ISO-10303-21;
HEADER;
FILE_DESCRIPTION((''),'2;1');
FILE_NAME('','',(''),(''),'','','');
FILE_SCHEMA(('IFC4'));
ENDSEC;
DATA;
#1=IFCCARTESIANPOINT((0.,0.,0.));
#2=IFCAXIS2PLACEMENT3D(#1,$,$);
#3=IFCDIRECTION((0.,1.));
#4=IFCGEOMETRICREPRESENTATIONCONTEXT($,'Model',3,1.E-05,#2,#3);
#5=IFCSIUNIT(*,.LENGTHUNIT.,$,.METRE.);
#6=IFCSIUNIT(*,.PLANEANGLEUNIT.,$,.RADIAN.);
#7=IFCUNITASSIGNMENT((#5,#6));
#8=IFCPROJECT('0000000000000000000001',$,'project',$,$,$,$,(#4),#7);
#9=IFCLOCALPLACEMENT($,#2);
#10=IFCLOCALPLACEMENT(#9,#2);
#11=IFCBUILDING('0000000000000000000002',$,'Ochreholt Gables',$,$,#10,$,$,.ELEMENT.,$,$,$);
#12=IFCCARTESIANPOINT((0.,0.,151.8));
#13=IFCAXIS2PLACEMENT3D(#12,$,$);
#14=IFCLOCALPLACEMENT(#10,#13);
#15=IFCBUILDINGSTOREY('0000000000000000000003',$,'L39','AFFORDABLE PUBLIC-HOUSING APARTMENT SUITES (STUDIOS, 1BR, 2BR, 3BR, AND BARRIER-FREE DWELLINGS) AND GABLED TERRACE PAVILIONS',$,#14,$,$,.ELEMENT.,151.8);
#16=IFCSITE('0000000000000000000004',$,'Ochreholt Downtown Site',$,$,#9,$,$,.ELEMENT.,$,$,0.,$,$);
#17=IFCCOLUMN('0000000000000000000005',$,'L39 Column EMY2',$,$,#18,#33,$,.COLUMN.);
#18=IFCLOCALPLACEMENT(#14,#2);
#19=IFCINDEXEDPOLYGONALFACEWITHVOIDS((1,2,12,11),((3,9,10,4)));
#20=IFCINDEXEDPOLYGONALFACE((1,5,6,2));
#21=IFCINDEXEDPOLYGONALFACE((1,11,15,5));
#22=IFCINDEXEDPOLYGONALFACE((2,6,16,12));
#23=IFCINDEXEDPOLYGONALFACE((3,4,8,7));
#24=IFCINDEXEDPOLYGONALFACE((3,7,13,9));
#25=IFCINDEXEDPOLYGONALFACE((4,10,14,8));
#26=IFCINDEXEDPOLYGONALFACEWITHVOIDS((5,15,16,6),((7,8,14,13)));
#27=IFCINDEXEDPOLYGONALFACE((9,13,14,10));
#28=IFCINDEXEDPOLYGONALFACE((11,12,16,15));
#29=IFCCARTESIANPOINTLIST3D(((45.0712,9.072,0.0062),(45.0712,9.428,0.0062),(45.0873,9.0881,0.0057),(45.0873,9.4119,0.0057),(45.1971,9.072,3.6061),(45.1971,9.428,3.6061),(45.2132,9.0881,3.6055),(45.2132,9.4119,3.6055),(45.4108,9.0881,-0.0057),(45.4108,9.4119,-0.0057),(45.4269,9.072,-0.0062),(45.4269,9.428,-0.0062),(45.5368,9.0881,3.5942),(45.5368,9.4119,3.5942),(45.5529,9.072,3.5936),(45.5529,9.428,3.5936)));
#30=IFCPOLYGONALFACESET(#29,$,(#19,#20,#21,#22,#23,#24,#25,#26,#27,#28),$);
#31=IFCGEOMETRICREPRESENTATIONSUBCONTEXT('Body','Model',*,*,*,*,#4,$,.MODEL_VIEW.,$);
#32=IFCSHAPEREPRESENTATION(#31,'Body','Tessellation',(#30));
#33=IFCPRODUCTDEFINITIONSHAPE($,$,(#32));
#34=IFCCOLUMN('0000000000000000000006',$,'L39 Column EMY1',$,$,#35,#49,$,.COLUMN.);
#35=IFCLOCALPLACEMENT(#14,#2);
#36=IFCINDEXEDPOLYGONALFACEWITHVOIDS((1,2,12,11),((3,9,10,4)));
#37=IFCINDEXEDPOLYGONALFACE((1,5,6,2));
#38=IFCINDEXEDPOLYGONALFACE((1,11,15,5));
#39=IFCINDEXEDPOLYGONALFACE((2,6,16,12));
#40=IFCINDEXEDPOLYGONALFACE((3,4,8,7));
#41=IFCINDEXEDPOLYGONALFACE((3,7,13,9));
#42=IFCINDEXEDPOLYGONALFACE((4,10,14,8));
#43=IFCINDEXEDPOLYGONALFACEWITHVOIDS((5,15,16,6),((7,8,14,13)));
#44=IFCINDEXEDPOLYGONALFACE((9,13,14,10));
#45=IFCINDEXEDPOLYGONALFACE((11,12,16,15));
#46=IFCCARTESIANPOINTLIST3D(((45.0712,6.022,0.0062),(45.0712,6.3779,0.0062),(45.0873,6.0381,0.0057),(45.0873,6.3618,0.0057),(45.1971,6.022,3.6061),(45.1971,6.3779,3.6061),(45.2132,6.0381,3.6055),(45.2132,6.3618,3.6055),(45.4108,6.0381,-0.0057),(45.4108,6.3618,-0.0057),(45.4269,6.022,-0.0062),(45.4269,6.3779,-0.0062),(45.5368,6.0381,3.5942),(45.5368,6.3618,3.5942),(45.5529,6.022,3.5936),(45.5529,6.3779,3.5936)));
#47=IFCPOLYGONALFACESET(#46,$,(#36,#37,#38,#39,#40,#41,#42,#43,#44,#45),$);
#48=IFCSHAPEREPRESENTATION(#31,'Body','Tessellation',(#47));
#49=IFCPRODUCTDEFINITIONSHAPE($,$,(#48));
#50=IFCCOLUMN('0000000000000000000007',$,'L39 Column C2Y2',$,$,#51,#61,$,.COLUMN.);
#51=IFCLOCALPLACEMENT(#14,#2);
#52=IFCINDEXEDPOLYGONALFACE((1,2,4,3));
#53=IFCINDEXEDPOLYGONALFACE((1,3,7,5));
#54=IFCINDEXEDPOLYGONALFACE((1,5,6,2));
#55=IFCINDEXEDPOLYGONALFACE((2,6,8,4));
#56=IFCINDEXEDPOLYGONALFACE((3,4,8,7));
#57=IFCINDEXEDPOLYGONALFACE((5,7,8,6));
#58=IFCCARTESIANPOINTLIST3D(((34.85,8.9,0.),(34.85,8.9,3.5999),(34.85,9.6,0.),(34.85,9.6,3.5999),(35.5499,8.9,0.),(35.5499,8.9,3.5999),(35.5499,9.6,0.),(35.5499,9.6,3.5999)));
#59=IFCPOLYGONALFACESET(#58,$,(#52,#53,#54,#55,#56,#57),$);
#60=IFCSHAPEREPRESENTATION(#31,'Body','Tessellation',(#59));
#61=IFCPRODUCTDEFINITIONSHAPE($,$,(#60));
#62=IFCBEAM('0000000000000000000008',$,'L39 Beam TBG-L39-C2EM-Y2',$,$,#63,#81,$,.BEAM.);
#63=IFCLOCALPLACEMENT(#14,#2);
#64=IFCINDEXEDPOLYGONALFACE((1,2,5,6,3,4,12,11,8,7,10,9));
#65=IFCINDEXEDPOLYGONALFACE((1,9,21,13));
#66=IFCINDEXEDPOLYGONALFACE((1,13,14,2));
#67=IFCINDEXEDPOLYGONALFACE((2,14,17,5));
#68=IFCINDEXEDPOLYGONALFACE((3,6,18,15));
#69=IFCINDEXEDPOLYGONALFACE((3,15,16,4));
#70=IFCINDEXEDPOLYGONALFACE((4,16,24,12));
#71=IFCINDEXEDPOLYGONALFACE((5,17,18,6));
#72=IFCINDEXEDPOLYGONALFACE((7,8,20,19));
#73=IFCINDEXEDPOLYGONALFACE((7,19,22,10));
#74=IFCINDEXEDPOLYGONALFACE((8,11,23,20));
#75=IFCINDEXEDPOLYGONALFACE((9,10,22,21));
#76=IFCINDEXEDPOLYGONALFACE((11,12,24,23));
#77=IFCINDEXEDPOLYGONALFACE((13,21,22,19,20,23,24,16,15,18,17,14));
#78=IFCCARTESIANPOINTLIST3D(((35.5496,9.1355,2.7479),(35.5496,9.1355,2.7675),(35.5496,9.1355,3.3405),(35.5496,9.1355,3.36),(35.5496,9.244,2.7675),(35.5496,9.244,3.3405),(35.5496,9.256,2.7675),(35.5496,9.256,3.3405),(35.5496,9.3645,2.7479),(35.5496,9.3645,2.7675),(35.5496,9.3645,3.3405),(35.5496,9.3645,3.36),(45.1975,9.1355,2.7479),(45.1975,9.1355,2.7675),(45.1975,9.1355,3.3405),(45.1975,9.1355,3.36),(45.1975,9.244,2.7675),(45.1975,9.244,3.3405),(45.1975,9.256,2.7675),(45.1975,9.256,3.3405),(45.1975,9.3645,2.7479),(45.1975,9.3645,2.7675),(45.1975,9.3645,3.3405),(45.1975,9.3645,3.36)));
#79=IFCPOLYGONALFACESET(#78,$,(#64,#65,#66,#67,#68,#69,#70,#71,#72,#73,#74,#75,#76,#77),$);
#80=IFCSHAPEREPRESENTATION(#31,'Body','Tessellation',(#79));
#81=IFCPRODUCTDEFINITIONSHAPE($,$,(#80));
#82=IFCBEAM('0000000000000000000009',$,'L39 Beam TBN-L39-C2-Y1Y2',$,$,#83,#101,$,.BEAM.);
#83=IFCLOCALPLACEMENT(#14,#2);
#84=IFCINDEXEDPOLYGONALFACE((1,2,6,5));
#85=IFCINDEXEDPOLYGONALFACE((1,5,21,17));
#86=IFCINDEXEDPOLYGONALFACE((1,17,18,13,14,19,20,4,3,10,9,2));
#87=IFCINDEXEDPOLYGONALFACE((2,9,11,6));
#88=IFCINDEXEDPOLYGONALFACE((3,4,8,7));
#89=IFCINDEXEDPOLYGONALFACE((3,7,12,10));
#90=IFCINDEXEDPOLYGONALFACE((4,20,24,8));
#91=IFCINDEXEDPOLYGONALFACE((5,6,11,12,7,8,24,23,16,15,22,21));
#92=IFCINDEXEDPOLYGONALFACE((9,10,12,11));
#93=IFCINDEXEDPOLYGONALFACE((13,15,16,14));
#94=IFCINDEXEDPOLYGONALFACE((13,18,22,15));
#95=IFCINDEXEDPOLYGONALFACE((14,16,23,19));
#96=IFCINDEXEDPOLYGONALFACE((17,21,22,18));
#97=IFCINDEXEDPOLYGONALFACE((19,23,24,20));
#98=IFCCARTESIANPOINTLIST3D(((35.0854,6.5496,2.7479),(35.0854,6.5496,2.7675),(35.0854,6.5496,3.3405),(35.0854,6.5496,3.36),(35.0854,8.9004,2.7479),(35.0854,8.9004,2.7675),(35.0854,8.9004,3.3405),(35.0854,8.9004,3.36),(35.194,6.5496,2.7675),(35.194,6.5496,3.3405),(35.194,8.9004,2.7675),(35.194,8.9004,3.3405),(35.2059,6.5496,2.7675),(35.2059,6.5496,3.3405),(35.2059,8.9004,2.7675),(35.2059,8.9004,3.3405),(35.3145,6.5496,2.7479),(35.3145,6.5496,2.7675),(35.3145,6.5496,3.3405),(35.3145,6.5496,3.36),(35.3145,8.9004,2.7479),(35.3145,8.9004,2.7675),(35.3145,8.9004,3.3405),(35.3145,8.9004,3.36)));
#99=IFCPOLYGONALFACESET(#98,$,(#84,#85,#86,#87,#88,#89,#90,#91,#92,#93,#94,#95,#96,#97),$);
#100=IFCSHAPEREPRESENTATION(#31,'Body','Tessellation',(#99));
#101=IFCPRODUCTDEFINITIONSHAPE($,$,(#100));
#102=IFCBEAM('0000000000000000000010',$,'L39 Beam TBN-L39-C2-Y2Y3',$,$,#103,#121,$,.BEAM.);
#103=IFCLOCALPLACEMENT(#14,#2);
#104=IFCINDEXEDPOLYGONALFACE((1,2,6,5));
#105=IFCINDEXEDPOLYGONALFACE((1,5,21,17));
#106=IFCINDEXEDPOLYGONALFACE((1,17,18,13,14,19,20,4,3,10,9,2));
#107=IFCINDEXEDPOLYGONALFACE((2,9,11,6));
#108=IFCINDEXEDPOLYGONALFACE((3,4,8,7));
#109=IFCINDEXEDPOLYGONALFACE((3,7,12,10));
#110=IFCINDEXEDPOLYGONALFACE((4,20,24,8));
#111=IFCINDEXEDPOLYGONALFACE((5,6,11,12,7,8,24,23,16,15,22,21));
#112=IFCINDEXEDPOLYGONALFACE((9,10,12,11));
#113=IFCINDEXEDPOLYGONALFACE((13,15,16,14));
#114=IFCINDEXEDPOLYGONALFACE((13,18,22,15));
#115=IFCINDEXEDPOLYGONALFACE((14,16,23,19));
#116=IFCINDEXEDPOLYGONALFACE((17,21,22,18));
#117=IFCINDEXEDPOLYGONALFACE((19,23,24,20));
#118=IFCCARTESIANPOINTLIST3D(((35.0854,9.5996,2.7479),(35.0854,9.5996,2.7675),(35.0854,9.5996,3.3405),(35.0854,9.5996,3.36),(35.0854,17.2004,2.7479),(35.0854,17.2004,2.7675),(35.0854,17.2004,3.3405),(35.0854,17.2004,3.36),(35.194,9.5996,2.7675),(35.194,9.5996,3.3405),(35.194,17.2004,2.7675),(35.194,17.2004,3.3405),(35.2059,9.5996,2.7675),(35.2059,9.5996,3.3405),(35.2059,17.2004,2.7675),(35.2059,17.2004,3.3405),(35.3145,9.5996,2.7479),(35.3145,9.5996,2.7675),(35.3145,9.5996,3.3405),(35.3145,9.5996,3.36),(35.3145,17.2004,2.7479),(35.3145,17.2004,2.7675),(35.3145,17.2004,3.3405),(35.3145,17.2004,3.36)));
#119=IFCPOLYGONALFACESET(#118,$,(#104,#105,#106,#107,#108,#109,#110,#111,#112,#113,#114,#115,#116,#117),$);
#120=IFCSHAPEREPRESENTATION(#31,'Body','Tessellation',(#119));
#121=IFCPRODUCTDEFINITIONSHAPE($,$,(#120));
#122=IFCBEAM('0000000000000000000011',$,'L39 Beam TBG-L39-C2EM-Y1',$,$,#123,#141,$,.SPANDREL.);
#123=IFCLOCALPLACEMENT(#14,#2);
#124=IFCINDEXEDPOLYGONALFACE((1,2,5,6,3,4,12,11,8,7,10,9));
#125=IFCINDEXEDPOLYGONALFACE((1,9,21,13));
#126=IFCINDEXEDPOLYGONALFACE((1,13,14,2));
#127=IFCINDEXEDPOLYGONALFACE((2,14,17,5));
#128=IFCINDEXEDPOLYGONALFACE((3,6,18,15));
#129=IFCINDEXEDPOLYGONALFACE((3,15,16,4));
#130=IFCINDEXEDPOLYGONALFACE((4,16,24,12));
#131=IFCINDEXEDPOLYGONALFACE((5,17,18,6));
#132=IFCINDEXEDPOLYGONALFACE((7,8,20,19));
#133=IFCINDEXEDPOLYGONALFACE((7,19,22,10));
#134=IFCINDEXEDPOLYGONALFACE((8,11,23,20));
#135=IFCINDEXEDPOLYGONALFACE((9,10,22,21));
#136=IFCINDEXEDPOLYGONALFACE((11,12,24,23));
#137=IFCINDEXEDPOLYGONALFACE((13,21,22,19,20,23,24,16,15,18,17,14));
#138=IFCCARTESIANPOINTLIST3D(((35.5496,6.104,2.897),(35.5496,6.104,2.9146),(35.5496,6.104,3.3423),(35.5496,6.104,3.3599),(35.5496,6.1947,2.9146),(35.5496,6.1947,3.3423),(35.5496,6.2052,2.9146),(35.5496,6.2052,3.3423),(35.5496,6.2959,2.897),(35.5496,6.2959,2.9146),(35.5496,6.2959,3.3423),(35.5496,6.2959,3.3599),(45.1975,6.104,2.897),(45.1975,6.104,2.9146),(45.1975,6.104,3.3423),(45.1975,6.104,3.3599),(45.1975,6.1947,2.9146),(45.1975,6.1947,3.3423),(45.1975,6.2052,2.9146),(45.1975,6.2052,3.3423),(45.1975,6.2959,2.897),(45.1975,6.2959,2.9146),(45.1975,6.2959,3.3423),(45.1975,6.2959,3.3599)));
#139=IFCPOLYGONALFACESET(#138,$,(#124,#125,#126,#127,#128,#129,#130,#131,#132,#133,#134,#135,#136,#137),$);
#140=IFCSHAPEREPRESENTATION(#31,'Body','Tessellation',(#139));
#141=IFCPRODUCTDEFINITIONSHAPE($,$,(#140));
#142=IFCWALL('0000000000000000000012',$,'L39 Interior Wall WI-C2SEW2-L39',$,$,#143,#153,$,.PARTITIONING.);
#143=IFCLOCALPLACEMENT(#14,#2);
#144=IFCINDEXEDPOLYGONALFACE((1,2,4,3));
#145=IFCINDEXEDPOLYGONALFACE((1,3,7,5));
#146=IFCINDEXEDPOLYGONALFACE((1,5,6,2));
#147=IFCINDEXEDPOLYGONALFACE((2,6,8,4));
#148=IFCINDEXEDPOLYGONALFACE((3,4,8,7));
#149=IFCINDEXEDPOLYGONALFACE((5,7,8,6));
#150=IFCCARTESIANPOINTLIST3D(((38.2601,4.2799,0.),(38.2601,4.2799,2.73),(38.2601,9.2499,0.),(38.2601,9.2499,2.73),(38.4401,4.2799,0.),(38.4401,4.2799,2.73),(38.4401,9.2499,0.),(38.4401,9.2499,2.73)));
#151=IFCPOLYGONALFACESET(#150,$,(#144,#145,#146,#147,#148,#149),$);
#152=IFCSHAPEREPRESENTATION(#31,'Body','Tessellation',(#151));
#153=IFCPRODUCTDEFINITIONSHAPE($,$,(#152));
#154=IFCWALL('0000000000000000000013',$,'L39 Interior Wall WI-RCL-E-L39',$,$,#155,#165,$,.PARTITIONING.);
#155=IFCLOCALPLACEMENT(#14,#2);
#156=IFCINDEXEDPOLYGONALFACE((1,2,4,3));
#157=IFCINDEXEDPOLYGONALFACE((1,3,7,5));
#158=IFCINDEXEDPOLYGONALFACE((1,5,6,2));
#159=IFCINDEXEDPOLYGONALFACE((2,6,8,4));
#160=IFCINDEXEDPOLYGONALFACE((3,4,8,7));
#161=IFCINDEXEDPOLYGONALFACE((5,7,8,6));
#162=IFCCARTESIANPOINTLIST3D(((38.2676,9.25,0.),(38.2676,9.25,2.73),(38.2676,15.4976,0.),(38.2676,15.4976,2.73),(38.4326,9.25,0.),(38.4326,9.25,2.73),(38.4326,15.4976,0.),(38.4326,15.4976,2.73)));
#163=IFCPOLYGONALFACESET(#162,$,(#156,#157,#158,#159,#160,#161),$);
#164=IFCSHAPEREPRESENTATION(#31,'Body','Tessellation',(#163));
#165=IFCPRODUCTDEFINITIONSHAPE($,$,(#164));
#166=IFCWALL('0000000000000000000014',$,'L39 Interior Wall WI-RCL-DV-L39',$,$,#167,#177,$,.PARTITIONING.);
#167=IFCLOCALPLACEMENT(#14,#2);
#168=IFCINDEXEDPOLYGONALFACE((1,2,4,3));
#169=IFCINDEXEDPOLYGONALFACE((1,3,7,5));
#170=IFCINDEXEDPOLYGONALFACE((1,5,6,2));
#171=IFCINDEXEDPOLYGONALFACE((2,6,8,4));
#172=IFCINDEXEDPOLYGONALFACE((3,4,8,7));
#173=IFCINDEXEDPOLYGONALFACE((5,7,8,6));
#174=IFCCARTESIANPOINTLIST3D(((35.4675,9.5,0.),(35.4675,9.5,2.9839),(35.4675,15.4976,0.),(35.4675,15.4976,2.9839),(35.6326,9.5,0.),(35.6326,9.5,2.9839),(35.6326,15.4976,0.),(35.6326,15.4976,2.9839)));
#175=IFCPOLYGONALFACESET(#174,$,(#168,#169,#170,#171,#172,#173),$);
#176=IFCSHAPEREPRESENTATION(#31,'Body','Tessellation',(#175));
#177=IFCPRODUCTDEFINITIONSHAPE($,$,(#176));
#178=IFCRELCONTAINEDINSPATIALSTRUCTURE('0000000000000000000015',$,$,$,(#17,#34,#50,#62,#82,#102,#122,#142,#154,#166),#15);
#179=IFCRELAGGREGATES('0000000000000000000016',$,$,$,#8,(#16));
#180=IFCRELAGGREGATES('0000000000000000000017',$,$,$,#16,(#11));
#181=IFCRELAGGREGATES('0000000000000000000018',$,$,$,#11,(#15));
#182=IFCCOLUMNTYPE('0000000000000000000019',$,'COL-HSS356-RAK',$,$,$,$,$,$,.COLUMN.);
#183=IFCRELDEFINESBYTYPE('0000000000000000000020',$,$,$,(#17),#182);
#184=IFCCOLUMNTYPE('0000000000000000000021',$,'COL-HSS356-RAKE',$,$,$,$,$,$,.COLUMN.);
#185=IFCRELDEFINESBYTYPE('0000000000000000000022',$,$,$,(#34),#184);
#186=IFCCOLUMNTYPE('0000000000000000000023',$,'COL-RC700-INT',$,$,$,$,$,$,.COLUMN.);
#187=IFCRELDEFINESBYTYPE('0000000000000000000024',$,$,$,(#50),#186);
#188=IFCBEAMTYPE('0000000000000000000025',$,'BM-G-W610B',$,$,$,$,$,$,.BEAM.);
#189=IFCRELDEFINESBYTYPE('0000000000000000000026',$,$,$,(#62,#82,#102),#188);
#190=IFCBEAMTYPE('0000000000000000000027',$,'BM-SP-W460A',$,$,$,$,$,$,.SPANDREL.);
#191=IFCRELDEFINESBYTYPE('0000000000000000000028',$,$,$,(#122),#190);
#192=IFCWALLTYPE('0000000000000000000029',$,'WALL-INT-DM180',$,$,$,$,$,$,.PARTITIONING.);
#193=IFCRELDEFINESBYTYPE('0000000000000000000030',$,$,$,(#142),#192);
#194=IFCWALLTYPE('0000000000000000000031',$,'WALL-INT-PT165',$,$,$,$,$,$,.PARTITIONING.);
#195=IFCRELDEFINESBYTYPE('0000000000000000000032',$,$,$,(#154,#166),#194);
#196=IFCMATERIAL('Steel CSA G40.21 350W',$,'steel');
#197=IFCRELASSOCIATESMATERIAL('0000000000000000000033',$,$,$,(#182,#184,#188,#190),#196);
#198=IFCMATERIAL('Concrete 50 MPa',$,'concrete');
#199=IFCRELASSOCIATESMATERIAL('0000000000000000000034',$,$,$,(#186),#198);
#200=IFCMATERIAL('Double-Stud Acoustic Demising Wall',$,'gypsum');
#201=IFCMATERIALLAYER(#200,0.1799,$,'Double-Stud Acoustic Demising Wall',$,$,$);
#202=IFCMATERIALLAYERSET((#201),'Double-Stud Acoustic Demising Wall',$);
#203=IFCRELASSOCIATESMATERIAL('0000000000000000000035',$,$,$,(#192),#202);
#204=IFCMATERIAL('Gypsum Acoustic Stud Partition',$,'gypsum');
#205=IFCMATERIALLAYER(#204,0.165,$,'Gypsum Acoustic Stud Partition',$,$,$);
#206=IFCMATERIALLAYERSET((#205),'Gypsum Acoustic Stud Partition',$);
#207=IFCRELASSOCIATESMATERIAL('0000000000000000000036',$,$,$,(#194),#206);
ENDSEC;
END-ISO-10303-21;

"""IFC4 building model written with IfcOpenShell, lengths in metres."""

from ifc_helpers import new_model, si_unit, direction, frame, frame_2d, origin, origin_2d, place, context, subcontext, project, spatial, rectangle, hollow_rectangle, i_section, extrude, material, layer, layer_set, material_profile, profile_set, type_object, element, save


model = new_model("IFC4")

# Units and contexts
model_context = context("Model", 3, precision=1e-05, world=origin(), true_north=direction((0.0, 1.0)))
body_context = subcontext(model_context, "Body", "Model", "MODEL_VIEW")
ifc_project = project(units=[si_unit("LENGTHUNIT", "METRE"), si_unit("PLANEANGLEUNIT", "RADIAN")], contexts=[model_context])

# Site, building, storey
site_placement = place(None, origin())
site = spatial("IfcSite", under=ifc_project, at=site_placement, Name="Ochreholt Downtown Site", CompositionType="ELEMENT", RefElevation=0.0)
building_placement = place(site_placement, origin())
building = spatial("IfcBuilding", under=site, at=building_placement, Name="Ochreholt Gables", CompositionType="ELEMENT")
storey_placement = place(building_placement, frame((0.0, 0.0, 151.8)))
storey = spatial("IfcBuildingStorey", under=building, at=storey_placement, Name="L39", Description="AFFORDABLE PUBLIC-HOUSING APARTMENT SUITES (STUDIOS, 1BR, 2BR, 3BR, AND BARRIER-FREE DWELLINGS) AND GABLED TERRACE PAVILIONS", CompositionType="ELEMENT", Elevation=151.8)

# Columns
ifc_material_1 = material(Name="Steel CSA G40.21 350W", Category="steel")
ifc_material_profile_1 = material_profile(ifc_material_1, hollow_rectangle(XDim=0.356, YDim=0.356, WallThickness=0.0161, at=origin_2d()), Name="HSS356X356X16")
ifc_profile_set_1 = profile_set([ifc_material_profile_1], Name="Steel CSA G40.21 350W")
column_type_1 = type_object("IfcColumnType", Name="COL-HSS356-RAK", PredefinedType="COLUMN", material=ifc_profile_set_1)
column_1_placement = place(storey_placement, frame((45.249, 9.25, 0.0), z_axis=(0.034974, 0.0, 0.999388), x_axis=(0.0, 1.0, 0.0)))
element("IfcColumn", 1, at=column_1_placement, inside=storey, type_object=column_type_1, Name="L39 Column EMY2", PredefinedType="COLUMN", context=body_context, shape_type="SweptSolid", body=[
    extrude(hollow_rectangle(XDim=0.356, YDim=0.356, WallThickness=0.0161, at=origin_2d()), origin(), (0.0, 0.0, 1.0), 3.6021),
])
ifc_material_profile_2 = material_profile(ifc_material_1, hollow_rectangle(XDim=0.356, YDim=0.356, WallThickness=0.0161, at=origin_2d()), Name="HSS356X356X16")
ifc_profile_set_2 = profile_set([ifc_material_profile_2], Name="Steel CSA G40.21 350W")
column_type_2 = type_object("IfcColumnType", Name="COL-HSS356-RAKE", PredefinedType="COLUMN", material=ifc_profile_set_2)
column_2_placement = place(storey_placement, frame((45.249, 6.2, 0.0), z_axis=(0.034974, 0.0, 0.999388), x_axis=(0.0, 1.0, 0.0)))
element("IfcColumn", 2, at=column_2_placement, inside=storey, type_object=column_type_2, Name="L39 Column EMY1", PredefinedType="COLUMN", context=body_context, shape_type="SweptSolid", body=[
    extrude(hollow_rectangle(XDim=0.356, YDim=0.356, WallThickness=0.0161, at=origin_2d()), origin(), (0.0, 0.0, 1.0), 3.6021),
])
ifc_material_2 = material(Name="Concrete 50 MPa", Category="concrete")
ifc_material_profile_3 = material_profile(ifc_material_2, rectangle(XDim=0.7, YDim=0.7, at=origin_2d()), Name="RC700X700")
ifc_profile_set_3 = profile_set([ifc_material_profile_3], Name="Concrete 50 MPa")
column_type_3 = type_object("IfcColumnType", Name="COL-RC700-INT", PredefinedType="COLUMN", material=ifc_profile_set_3)
column_3_placement = place(storey_placement, frame((35.2, 9.25, 0.0), z_axis=(0.0, 0.0, 1.0), x_axis=(1.0, 0.0, 0.0)))
element("IfcColumn", 3, at=column_3_placement, inside=storey, type_object=column_type_3, Name="L39 Column C2Y2", PredefinedType="COLUMN", context=body_context, shape_type="SweptSolid", body=[
    extrude(rectangle(XDim=0.7, YDim=0.7, at=origin_2d()), origin(), (0.0, 0.0, 1.0), 3.5999),
])

# Beams
ifc_material_profile_4 = material_profile(ifc_material_1, i_section(OverallWidth=0.229, OverallDepth=0.6121, WebThickness=0.012, FlangeThickness=0.0195, at=origin_2d()), Name="W610X125")
ifc_profile_set_4 = profile_set([ifc_material_profile_4], Name="Steel CSA G40.21 350W")
beam_type_1 = type_object("IfcBeamType", Name="BM-G-W610B", PredefinedType="BEAM", material=ifc_profile_set_4)
beam_1_placement = place(storey_placement, frame((35.5496, 9.25, 3.054), z_axis=(1.0, 0.0, 0.0), x_axis=(0.0, 1.0, 0.0)))
element("IfcBeam", 4, at=beam_1_placement, inside=storey, type_object=beam_type_1, Name="L39 Beam TBG-L39-C2EM-Y2", PredefinedType="BEAM", context=body_context, shape_type="SweptSolid", body=[
    extrude(i_section(OverallWidth=0.229, OverallDepth=0.6121, WebThickness=0.012, FlangeThickness=0.0195, at=origin_2d()), origin(), (0.0, 0.0, 1.0), 9.6479),
])
beam_2_placement = place(storey_placement, frame((35.2, 6.5496, 3.054), z_axis=(0.0, 1.0, 0.0), x_axis=(-1.0, 0.0, 0.0)))
element("IfcBeam", 5, at=beam_2_placement, inside=storey, type_object=beam_type_1, Name="L39 Beam TBN-L39-C2-Y1Y2", PredefinedType="BEAM", context=body_context, shape_type="SweptSolid", body=[
    extrude(i_section(OverallWidth=0.229, OverallDepth=0.6121, WebThickness=0.012, FlangeThickness=0.0195, at=origin_2d()), origin(), (0.0, 0.0, 1.0), 2.3508),
])
beam_3_placement = place(storey_placement, frame((35.2, 9.5996, 3.054), z_axis=(0.0, 1.0, 0.0), x_axis=(-1.0, 0.0, 0.0)))
element("IfcBeam", 6, at=beam_3_placement, inside=storey, type_object=beam_type_1, Name="L39 Beam TBN-L39-C2-Y2Y3", PredefinedType="BEAM", context=body_context, shape_type="SweptSolid", body=[
    extrude(i_section(OverallWidth=0.229, OverallDepth=0.6121, WebThickness=0.012, FlangeThickness=0.0195, at=origin_2d()), origin(), (0.0, 0.0, 1.0), 7.6008),
])
ifc_material_profile_5 = material_profile(ifc_material_1, i_section(OverallWidth=0.1919, OverallDepth=0.4629, WebThickness=0.0105, FlangeThickness=0.0176, at=origin_2d()), Name="W460X89")
ifc_profile_set_5 = profile_set([ifc_material_profile_5], Name="Steel CSA G40.21 350W")
beam_type_2 = type_object("IfcBeamType", Name="BM-SP-W460A", PredefinedType="SPANDREL", material=ifc_profile_set_5)
beam_4_placement = place(storey_placement, frame((35.5496, 6.2, 3.1284), z_axis=(1.0, 0.0, 0.0), x_axis=(0.0, 1.0, 0.0)))
element("IfcBeam", 7, at=beam_4_placement, inside=storey, type_object=beam_type_2, Name="L39 Beam TBG-L39-C2EM-Y1", PredefinedType="SPANDREL", context=body_context, shape_type="SweptSolid", body=[
    extrude(i_section(OverallWidth=0.1919, OverallDepth=0.4629, WebThickness=0.0105, FlangeThickness=0.0176, at=origin_2d()), origin(), (0.0, 0.0, 1.0), 9.6479),
])

# Shared definitions
ifc_material_3 = material(Name="Double-Stud Acoustic Demising Wall", Category="gypsum")
ifc_layer_1 = layer(ifc_material_3, 0.1799, Name="Double-Stud Acoustic Demising Wall")
ifc_layer_set_1 = layer_set([ifc_layer_1], Name="Double-Stud Acoustic Demising Wall")
wall_type_1 = type_object("IfcWallType", Name="WALL-INT-DM180", PredefinedType="PARTITIONING", material=ifc_layer_set_1)

# Walls
wall_1_placement = place(storey_placement, frame((38.3501, 4.28, 0.0), z_axis=(0.0, 0.0, 1.0), x_axis=(0.0, 1.0, 0.0)))
element("IfcWall", 8, at=wall_1_placement, inside=storey, type_object=wall_type_1, Name="L39 Interior Wall WI-C2SEW2-L39", PredefinedType="PARTITIONING", context=body_context, shape_type="SweptSolid", body=[
    extrude(rectangle(XDim=4.97, YDim=0.1799, at=frame_2d((2.4849, 0.0))), origin(), (0.0, 0.0, 1.0), 2.73),
])
ifc_material_4 = material(Name="Gypsum Acoustic Stud Partition", Category="gypsum")
ifc_layer_2 = layer(ifc_material_4, 0.165, Name="Gypsum Acoustic Stud Partition")
ifc_layer_set_2 = layer_set([ifc_layer_2], Name="Gypsum Acoustic Stud Partition")
wall_type_2 = type_object("IfcWallType", Name="WALL-INT-PT165", PredefinedType="PARTITIONING", material=ifc_layer_set_2)
wall_2_placement = place(storey_placement, frame((38.3501, 9.25, 0.0), z_axis=(0.0, 0.0, 1.0), x_axis=(0.0, 1.0, 0.0)))
element("IfcWall", 9, at=wall_2_placement, inside=storey, type_object=wall_type_2, Name="L39 Interior Wall WI-RCL-E-L39", PredefinedType="PARTITIONING", context=body_context, shape_type="SweptSolid", body=[
    extrude(rectangle(XDim=6.2476, YDim=0.165, at=frame_2d((3.1238, 0.0))), origin(), (0.0, 0.0, 1.0), 2.73),
])
wall_3_placement = place(storey_placement, frame((35.55, 9.5, 0.0), z_axis=(0.0, 0.0, 1.0), x_axis=(0.0, 1.0, 0.0)))
element("IfcWall", 10, at=wall_3_placement, inside=storey, type_object=wall_type_2, Name="L39 Interior Wall WI-RCL-DV-L39", PredefinedType="PARTITIONING", context=body_context, shape_type="SweptSolid", body=[
    extrude(rectangle(XDim=5.9976, YDim=0.165, at=frame_2d((2.9988, 0.0))), origin(), (0.0, 0.0, 1.0), 2.9839),
])

save(model, "model.ifc")
